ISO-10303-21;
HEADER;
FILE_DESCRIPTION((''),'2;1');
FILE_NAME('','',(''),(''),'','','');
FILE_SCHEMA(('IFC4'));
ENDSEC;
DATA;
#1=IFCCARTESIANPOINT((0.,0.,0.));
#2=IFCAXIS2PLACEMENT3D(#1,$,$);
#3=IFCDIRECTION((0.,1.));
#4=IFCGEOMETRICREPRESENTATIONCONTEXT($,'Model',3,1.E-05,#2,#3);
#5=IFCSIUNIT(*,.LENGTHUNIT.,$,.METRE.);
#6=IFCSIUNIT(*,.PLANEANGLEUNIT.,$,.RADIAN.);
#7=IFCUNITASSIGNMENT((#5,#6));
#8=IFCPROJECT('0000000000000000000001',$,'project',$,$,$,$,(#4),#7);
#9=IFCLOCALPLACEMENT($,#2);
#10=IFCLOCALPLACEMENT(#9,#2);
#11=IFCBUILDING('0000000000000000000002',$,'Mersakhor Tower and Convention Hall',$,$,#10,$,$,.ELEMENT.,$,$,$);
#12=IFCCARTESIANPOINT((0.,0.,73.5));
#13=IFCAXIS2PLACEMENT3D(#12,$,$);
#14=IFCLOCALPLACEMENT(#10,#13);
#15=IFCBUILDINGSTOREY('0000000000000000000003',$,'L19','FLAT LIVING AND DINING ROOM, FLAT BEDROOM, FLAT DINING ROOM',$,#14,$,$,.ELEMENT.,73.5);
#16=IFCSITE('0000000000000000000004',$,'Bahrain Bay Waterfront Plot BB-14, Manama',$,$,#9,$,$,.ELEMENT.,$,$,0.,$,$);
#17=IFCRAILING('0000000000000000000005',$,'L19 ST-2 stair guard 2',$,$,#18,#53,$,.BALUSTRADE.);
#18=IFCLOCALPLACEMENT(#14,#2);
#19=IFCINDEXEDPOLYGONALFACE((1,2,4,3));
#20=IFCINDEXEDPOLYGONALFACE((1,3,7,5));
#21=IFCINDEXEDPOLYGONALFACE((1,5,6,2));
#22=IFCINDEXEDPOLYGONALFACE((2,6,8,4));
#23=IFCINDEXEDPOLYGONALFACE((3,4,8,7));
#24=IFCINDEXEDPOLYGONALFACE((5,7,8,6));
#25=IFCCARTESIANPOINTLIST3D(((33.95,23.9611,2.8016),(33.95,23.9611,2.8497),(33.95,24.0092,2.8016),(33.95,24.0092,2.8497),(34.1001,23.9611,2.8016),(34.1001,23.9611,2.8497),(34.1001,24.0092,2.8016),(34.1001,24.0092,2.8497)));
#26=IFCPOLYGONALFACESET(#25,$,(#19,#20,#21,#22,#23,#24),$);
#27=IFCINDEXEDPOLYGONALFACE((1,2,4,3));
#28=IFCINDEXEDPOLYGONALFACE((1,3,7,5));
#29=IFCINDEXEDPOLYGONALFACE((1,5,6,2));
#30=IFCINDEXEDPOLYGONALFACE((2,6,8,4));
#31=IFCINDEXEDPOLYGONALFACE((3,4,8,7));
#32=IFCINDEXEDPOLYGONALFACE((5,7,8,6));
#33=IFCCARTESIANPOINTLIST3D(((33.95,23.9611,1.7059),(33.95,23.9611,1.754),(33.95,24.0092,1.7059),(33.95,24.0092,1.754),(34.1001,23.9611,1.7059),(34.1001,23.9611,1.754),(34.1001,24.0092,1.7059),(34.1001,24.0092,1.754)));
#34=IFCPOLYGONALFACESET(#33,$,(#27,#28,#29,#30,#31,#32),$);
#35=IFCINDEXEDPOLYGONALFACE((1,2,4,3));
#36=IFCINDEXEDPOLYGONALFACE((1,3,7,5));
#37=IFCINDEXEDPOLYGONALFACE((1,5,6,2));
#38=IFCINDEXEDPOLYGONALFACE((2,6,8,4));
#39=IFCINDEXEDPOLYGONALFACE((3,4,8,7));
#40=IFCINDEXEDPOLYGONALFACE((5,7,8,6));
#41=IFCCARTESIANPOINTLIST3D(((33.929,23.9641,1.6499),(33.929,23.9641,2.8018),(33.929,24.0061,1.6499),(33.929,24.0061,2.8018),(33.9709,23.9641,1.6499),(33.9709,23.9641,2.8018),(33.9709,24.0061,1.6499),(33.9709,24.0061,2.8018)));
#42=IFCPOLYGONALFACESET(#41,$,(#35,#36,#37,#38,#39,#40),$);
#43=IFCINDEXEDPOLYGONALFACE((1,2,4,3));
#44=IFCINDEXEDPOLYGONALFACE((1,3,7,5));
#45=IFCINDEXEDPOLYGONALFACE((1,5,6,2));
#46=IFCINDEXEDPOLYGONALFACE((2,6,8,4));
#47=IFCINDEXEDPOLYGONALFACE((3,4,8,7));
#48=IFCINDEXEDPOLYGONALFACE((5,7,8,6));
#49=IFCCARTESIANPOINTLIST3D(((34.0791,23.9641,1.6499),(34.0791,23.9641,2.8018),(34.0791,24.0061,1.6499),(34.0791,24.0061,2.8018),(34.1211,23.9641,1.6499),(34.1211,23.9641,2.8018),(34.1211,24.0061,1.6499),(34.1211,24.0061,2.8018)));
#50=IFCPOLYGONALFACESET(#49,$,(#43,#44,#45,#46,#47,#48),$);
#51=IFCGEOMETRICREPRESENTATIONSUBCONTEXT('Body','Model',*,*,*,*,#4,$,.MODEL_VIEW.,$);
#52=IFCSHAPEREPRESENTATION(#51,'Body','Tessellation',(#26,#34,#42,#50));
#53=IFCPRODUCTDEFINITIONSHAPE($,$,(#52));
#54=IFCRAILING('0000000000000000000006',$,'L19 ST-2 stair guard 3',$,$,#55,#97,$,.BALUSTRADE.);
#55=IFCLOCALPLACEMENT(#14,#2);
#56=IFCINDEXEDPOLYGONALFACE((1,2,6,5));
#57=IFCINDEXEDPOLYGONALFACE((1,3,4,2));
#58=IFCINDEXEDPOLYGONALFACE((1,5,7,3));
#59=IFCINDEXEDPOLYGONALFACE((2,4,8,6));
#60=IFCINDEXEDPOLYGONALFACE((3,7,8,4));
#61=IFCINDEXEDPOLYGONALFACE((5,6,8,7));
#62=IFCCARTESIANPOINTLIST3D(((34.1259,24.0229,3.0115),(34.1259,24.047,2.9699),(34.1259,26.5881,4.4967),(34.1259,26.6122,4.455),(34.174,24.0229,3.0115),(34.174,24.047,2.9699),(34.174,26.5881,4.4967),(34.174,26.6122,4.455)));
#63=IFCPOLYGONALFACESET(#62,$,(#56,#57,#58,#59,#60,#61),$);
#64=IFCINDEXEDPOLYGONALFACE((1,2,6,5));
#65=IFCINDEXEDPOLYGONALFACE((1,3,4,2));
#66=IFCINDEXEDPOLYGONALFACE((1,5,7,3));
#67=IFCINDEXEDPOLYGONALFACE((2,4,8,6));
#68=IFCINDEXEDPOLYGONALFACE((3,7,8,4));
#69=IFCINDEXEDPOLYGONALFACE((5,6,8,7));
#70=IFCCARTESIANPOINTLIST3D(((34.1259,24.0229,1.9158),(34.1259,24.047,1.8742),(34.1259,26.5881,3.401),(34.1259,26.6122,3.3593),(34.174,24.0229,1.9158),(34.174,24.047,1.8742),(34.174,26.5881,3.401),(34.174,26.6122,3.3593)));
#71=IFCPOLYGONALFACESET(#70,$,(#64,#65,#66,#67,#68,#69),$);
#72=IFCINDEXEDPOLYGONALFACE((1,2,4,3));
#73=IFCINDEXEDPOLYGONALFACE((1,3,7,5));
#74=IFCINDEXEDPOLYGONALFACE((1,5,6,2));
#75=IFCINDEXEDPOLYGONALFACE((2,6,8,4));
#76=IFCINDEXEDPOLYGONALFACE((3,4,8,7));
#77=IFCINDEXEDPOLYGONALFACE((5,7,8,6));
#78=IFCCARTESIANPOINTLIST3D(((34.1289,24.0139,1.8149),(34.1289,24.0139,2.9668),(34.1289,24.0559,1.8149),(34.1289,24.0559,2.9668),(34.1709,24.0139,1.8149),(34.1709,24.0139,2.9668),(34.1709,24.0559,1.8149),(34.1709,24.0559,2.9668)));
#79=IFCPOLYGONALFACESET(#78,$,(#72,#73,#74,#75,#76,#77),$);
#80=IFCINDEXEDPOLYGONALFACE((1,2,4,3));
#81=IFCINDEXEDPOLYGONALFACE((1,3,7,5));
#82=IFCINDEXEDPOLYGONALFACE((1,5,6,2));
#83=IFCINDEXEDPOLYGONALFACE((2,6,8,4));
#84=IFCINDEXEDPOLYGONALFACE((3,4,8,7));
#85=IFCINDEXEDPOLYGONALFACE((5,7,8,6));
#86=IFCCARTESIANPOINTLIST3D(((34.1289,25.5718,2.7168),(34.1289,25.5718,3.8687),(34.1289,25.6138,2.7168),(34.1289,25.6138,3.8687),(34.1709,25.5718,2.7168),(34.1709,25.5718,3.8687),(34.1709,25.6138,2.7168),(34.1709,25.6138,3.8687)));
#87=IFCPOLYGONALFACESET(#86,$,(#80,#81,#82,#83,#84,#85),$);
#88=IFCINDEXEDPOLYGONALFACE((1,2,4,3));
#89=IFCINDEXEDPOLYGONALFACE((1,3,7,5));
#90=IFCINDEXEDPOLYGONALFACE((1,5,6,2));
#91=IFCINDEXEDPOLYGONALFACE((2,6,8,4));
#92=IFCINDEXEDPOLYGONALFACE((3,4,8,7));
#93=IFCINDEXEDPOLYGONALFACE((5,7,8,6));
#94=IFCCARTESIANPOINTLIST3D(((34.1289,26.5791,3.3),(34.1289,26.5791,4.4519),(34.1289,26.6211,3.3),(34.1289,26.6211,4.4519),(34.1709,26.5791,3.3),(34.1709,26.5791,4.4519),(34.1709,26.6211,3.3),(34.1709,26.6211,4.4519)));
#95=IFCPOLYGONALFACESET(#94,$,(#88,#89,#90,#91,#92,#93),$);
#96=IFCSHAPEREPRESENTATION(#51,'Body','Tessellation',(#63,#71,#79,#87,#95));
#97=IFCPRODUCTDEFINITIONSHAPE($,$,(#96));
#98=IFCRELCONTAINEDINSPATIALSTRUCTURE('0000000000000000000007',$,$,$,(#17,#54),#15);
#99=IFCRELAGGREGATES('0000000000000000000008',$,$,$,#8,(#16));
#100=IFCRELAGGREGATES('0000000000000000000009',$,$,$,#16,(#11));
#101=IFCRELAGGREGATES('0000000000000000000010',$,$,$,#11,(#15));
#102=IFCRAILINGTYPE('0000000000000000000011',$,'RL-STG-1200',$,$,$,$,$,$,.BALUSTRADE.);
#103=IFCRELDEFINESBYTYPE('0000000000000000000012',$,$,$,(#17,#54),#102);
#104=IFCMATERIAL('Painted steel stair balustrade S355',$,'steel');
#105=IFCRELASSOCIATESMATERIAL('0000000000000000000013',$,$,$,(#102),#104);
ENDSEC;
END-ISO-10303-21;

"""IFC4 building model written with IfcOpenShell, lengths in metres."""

from ifc_helpers import new_model, si_unit, direction, frame, origin, origin_2d, place, context, subcontext, project, spatial, rectangle, extrude, material, type_object, element, save


model = new_model("IFC4")

# Units and contexts
model_context = context("Model", 3, precision=1e-05, world=origin(), true_north=direction((0.0, 1.0)))
body_context = subcontext(model_context, "Body", "Model", "MODEL_VIEW")
ifc_project = project(units=[si_unit("LENGTHUNIT", "METRE"), si_unit("PLANEANGLEUNIT", "RADIAN")], contexts=[model_context])

# Site, building, storey
site_placement = place(None, origin())
site = spatial("IfcSite", under=ifc_project, at=site_placement, Name="Bahrain Bay Waterfront Plot BB-14, Manama", CompositionType="ELEMENT", RefElevation=0.0)
building_placement = place(site_placement, origin())
building = spatial("IfcBuilding", under=site, at=building_placement, Name="Mersakhor Tower and Convention Hall", CompositionType="ELEMENT")
storey_placement = place(building_placement, frame((0.0, 0.0, 73.5)))
storey = spatial("IfcBuildingStorey", under=building, at=storey_placement, Name="L19", Description="FLAT LIVING AND DINING ROOM, FLAT BEDROOM, FLAT DINING ROOM", CompositionType="ELEMENT", Elevation=73.5)

# Railings
ifc_material_1 = material(Name="Painted steel stair balustrade S355", Category="steel")
railing_type_1 = type_object("IfcRailingType", Name="RL-STG-1200", PredefinedType="BALUSTRADE", material=ifc_material_1)
railing_1_placement = place(storey_placement, frame((33.95, 23.9851, 1.6499)))
element("IfcRailing", 1, at=railing_1_placement, inside=storey, type_object=railing_type_1, Name="L19 ST-2 stair guard 2", PredefinedType="BALUSTRADE", context=body_context, shape_type="SweptSolid", body=[
    extrude(rectangle(XDim=0.0481, YDim=0.0481, at=origin_2d()), frame((0.0, 0.0, 1.1758), z_axis=(1.0, 0.0, 0.0), x_axis=(0.0, 1.0, 0.0)), (0.0, 0.0, 1.0), 0.1501),
    extrude(rectangle(XDim=0.0481, YDim=0.0481, at=origin_2d()), frame((0.0, 0.0, 0.0801), z_axis=(1.0, 0.0, 0.0), x_axis=(0.0, 1.0, 0.0)), (0.0, 0.0, 1.0), 0.1501),
    extrude(rectangle(XDim=0.042, YDim=0.042, at=origin_2d()), origin(), (0.0, 0.0, 1.0), 1.1519),
    extrude(rectangle(XDim=0.042, YDim=0.042, at=origin_2d()), frame((0.1501, 0.0, 0.0)), (0.0, 0.0, 1.0), 1.1519),
])
railing_2_placement = place(storey_placement, frame((34.1499, 24.0349, 1.8149)))
element("IfcRailing", 2, at=railing_2_placement, inside=storey, type_object=railing_type_1, Name="L19 ST-2 stair guard 3", PredefinedType="BALUSTRADE", context=body_context, shape_type="SweptSolid", body=[
    extrude(rectangle(XDim=0.0481, YDim=0.0481, at=origin_2d()), frame((0.0, 0.0, 1.1758), z_axis=(0.0, 0.865426, 0.501036), x_axis=(-1.0, 0.0, 0.0)), (0.0, 0.0, 1.0), 2.9641),
    extrude(rectangle(XDim=0.0481, YDim=0.0481, at=origin_2d()), frame((0.0, 0.0, 0.0801), z_axis=(0.0, 0.865426, 0.501036), x_axis=(-1.0, 0.0, 0.0)), (0.0, 0.0, 1.0), 2.9641),
    extrude(rectangle(XDim=0.042, YDim=0.042, at=origin_2d()), origin(), (0.0, 0.0, 1.0), 1.1519),
    extrude(rectangle(XDim=0.042, YDim=0.042, at=origin_2d()), frame((0.0, 1.5579, 0.9019)), (0.0, 0.0, 1.0), 1.1519),
    extrude(rectangle(XDim=0.042, YDim=0.042, at=origin_2d()), frame((0.0, 2.5652, 1.4851)), (0.0, 0.0, 1.0), 1.1519),
])

save(model, "model.ifc")
